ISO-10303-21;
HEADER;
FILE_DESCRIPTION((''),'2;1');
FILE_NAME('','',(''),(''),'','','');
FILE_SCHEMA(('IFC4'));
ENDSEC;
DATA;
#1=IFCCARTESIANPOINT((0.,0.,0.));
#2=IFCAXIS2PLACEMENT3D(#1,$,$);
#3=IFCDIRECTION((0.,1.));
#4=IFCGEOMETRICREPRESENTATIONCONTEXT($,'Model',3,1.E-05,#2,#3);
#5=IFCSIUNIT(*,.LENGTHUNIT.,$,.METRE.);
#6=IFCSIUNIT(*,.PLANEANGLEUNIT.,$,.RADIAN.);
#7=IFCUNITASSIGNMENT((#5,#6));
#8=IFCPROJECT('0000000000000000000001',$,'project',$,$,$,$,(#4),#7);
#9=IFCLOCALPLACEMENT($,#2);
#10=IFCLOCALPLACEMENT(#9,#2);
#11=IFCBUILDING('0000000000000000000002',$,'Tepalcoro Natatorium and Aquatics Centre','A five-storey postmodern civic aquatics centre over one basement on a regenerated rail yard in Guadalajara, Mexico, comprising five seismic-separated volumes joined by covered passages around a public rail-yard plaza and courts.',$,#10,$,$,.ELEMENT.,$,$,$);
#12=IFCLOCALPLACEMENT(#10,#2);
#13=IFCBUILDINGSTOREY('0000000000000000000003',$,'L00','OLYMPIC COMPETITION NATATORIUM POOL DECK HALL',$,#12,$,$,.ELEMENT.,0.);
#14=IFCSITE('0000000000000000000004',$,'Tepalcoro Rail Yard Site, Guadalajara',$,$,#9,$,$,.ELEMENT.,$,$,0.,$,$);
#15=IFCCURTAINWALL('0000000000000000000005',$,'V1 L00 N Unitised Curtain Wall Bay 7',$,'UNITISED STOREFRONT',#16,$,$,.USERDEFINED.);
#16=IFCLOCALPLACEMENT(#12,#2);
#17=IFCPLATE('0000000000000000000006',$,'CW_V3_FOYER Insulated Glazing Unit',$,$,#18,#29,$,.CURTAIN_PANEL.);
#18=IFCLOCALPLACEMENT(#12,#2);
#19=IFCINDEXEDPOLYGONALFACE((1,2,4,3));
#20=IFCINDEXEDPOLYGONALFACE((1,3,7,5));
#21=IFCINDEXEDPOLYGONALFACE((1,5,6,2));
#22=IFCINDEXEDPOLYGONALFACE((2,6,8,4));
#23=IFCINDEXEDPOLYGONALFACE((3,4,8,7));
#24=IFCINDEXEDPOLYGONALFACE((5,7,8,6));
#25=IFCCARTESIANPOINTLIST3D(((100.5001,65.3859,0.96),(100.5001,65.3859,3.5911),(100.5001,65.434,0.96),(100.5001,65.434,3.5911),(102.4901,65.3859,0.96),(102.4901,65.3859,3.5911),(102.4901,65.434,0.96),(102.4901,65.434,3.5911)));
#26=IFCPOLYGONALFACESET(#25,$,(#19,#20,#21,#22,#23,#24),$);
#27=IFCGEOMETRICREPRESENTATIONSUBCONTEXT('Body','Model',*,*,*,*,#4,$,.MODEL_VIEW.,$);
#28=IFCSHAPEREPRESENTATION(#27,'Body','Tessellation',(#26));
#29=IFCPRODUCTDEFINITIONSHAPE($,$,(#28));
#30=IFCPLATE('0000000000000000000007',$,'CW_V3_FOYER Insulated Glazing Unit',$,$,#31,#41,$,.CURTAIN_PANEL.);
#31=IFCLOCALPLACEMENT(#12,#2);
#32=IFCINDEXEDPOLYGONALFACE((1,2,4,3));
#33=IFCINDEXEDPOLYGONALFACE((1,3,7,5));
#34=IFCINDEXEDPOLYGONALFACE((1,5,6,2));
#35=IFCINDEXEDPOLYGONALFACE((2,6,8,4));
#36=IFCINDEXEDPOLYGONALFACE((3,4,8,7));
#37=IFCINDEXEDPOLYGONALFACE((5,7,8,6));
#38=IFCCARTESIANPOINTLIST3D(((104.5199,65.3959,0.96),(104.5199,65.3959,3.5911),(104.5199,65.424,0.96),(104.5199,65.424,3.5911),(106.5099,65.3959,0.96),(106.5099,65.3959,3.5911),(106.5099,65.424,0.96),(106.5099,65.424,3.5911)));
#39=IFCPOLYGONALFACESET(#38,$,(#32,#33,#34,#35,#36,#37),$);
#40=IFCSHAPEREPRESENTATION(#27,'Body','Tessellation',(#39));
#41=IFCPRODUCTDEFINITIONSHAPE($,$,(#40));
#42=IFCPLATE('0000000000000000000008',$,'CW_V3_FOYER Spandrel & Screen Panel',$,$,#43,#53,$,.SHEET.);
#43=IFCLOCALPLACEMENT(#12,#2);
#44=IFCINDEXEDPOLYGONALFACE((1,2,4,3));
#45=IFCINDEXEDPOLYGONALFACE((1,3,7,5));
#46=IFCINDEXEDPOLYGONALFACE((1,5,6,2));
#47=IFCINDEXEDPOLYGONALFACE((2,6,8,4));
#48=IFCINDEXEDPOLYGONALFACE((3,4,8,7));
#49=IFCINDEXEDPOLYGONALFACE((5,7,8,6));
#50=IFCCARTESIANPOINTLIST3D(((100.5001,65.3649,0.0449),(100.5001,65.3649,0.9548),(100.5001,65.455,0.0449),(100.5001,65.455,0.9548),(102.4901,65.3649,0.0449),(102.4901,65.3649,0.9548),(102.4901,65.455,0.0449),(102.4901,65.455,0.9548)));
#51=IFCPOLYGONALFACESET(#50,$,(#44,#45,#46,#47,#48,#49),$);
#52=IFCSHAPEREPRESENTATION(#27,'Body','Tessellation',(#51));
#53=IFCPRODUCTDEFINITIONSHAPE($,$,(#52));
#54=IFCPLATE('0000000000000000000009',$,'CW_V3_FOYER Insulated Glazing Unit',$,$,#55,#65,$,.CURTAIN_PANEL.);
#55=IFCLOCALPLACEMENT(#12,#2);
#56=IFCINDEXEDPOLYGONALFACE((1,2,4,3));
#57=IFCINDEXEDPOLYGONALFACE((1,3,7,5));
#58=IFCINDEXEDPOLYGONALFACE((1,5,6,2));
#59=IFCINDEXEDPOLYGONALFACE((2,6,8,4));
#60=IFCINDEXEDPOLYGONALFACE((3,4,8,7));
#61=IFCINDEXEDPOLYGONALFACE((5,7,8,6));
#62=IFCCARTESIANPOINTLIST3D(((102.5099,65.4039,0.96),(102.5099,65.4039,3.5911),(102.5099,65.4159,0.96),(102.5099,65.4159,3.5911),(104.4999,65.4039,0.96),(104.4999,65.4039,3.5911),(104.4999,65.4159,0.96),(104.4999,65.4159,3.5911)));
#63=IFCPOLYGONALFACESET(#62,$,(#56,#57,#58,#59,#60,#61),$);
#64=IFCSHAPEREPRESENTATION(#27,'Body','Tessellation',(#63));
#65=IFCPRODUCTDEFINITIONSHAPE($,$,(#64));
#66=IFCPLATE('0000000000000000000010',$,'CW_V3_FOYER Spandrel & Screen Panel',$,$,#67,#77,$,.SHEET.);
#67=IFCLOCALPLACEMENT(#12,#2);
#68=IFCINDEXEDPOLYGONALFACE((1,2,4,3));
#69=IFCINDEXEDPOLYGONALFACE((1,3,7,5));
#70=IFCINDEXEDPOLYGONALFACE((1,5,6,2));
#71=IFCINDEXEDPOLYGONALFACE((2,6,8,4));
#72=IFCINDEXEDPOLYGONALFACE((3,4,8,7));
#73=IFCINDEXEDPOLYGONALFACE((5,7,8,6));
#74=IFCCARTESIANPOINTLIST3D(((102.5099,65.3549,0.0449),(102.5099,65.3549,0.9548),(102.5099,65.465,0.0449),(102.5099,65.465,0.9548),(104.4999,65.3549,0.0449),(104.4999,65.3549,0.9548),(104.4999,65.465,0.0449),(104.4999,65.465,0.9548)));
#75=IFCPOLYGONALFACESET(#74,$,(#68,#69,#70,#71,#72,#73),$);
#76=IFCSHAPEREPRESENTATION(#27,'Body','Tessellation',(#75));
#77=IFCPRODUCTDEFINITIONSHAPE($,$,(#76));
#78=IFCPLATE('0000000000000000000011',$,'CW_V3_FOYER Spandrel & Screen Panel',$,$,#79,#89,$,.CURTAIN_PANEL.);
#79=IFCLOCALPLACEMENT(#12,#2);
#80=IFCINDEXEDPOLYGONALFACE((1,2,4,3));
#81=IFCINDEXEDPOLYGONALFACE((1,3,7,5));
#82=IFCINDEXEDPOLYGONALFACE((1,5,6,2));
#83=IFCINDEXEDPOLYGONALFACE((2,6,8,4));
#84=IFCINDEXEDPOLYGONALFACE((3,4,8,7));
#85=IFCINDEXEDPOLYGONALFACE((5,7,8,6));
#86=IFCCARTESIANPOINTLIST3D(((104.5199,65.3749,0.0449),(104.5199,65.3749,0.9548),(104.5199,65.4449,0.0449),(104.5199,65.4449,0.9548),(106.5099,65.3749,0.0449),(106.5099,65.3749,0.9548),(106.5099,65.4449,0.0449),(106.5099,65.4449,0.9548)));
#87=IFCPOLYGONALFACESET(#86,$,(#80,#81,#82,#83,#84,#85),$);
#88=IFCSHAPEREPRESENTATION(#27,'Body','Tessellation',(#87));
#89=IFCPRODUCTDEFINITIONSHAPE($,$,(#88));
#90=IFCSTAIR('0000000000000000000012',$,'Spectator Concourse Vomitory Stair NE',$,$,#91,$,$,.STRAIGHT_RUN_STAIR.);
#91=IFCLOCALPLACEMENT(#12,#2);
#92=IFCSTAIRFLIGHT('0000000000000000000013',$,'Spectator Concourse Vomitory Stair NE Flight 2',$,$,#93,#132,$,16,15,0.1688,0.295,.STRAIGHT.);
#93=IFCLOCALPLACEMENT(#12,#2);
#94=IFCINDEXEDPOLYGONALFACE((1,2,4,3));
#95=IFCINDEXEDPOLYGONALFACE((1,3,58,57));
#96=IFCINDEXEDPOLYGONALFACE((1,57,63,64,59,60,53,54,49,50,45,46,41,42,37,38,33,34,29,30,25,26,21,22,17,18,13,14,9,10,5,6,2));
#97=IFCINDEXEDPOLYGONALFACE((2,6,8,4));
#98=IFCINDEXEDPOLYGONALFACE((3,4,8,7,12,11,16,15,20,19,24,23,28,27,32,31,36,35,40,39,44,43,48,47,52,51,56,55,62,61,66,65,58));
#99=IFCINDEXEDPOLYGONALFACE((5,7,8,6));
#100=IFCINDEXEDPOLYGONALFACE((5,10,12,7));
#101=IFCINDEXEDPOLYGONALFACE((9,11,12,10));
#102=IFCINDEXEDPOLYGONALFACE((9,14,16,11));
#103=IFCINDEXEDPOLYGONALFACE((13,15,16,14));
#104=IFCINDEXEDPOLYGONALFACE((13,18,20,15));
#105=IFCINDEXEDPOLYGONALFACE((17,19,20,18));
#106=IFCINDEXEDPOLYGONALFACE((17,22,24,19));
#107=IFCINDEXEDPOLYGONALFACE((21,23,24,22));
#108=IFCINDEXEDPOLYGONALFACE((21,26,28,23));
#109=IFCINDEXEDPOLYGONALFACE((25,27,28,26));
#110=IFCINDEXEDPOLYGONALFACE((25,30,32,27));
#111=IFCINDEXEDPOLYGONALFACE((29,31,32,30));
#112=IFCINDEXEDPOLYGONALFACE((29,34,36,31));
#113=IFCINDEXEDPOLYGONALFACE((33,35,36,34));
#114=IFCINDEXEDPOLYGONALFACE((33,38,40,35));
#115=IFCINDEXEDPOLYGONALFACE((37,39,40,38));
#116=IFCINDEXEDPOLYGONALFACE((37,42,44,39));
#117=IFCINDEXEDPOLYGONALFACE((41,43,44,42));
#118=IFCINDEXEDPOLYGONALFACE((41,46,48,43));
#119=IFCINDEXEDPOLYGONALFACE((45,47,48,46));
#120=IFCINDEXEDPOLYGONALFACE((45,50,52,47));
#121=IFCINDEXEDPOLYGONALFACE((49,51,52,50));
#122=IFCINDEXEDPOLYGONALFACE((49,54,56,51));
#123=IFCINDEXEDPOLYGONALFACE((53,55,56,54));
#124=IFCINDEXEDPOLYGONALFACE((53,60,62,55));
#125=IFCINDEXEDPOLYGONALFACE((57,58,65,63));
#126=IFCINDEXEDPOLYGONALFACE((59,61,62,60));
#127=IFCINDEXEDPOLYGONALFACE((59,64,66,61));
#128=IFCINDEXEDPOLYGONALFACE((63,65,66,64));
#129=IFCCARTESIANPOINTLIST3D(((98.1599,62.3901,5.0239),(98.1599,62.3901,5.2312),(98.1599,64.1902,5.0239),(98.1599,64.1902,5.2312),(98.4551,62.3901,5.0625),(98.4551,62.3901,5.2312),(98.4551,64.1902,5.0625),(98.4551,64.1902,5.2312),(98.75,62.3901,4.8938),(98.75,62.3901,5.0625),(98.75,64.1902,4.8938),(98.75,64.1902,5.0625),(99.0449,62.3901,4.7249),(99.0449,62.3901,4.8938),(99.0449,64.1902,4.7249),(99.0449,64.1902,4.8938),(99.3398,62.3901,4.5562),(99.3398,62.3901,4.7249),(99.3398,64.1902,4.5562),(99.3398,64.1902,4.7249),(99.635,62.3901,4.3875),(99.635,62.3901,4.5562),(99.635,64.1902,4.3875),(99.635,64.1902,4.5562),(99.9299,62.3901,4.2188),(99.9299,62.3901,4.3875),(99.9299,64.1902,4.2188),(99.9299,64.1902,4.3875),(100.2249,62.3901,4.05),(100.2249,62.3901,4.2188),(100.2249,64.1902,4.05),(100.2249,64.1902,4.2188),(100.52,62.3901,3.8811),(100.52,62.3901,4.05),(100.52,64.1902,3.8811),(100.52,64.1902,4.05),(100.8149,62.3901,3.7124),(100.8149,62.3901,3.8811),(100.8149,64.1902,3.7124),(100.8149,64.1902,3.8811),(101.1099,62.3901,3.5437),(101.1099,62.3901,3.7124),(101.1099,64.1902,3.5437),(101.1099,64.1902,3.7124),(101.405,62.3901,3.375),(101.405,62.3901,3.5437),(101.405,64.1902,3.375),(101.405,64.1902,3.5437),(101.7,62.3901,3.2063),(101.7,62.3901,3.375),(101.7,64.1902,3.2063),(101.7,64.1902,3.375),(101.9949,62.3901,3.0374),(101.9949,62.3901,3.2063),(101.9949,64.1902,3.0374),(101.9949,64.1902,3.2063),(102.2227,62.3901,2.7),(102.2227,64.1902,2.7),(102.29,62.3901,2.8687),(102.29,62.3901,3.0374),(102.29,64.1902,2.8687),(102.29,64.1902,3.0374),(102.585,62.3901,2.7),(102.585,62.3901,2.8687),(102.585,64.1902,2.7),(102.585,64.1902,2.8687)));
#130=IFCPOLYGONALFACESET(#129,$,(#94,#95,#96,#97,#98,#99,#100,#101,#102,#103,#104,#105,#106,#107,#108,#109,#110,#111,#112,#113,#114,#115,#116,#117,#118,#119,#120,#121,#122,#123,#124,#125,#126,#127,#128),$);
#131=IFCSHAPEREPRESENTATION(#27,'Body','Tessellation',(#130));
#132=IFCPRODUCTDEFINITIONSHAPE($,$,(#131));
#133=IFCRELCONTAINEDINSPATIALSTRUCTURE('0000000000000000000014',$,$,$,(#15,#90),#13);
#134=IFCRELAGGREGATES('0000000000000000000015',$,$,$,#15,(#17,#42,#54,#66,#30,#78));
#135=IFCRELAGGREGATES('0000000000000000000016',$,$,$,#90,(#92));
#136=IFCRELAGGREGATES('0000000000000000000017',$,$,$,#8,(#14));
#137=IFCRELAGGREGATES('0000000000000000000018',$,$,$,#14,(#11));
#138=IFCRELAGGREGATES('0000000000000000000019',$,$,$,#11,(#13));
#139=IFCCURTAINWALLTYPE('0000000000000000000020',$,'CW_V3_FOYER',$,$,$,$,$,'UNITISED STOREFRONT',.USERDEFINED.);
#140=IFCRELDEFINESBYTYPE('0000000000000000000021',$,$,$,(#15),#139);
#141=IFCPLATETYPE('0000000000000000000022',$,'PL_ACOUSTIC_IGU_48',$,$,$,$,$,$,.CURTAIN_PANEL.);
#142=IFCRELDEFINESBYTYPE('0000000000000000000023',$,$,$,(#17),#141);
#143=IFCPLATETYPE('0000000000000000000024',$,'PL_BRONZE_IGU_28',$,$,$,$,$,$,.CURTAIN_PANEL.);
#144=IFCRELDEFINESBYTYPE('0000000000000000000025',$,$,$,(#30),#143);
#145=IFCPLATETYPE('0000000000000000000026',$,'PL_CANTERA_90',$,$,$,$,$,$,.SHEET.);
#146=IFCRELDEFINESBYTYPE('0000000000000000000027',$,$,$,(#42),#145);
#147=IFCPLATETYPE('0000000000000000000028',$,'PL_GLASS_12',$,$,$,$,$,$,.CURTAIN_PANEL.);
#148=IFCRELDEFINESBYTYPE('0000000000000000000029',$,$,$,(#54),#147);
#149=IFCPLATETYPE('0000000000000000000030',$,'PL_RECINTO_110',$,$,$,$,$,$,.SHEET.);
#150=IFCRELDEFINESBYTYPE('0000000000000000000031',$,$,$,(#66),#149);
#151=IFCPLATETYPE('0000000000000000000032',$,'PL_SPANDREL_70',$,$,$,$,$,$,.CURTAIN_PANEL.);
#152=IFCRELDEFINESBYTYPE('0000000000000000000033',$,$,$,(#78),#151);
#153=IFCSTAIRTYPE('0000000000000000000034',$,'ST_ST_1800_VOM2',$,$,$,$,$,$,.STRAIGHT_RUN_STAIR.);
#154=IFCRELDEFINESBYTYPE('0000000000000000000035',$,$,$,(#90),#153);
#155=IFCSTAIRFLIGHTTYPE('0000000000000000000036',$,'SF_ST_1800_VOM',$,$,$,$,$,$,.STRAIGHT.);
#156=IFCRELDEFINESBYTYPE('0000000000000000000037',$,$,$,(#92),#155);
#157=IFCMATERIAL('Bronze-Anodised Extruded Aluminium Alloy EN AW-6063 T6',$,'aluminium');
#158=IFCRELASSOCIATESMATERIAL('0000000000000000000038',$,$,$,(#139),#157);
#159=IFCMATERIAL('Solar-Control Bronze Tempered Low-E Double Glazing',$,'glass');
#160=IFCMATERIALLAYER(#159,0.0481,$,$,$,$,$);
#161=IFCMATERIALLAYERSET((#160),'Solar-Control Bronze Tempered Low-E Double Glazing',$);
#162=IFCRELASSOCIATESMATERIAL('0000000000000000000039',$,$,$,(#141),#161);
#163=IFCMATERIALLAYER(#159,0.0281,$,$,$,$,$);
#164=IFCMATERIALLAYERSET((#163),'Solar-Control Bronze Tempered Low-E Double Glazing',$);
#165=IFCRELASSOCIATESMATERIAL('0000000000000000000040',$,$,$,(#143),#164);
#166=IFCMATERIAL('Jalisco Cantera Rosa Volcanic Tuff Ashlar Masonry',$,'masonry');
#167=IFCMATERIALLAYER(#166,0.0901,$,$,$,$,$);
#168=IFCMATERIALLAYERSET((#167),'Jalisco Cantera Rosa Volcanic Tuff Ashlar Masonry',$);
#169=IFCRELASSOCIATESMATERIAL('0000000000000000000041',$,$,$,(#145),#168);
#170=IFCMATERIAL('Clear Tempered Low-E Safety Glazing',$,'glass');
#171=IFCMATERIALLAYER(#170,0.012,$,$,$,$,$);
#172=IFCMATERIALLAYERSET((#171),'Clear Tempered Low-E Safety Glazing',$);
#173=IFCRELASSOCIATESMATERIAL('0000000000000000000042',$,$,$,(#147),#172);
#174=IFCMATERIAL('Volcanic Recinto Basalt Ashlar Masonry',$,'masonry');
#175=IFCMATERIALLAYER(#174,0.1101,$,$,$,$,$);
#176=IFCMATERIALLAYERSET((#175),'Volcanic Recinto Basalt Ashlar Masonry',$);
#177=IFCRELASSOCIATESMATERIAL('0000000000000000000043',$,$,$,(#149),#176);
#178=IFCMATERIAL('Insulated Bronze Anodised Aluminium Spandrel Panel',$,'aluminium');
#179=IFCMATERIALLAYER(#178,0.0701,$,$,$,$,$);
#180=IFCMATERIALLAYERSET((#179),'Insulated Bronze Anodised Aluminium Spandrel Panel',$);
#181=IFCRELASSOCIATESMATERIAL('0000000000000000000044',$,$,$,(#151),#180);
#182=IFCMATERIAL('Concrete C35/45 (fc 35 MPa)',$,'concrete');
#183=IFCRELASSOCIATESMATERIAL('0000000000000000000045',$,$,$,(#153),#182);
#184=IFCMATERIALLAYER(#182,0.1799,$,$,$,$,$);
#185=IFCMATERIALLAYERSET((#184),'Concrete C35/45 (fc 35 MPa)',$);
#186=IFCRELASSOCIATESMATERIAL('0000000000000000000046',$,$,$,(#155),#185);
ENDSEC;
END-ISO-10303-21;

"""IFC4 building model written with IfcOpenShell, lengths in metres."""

from ifc_helpers import new_model, si_unit, direction, frame, origin, origin_2d, place, context, subcontext, project, spatial, polyline, rectangle, outline, extrude, material, layer, layer_set, type_object, element, aggregate, save


model = new_model("IFC4")

# Units and contexts
model_context = context("Model", 3, precision=1e-05, world=origin(), true_north=direction((0.0, 1.0)))
body_context = subcontext(model_context, "Body", "Model", "MODEL_VIEW")
ifc_project = project(units=[si_unit("LENGTHUNIT", "METRE"), si_unit("PLANEANGLEUNIT", "RADIAN")], contexts=[model_context])

# Site, building, storey
site_placement = place(None, origin())
site = spatial("IfcSite", under=ifc_project, at=site_placement, Name="Tepalcoro Rail Yard Site, Guadalajara", CompositionType="ELEMENT", RefElevation=0.0)
building_placement = place(site_placement, origin())
building = spatial("IfcBuilding", under=site, at=building_placement, Name="Tepalcoro Natatorium and Aquatics Centre", Description="A five-storey postmodern civic aquatics centre over one basement on a regenerated rail yard in Guadalajara, Mexico, comprising five seismic-separated volumes joined by covered passages around a public rail-yard plaza and courts.", CompositionType="ELEMENT")
storey_placement = place(building_placement, origin())
storey = spatial("IfcBuildingStorey", under=building, at=storey_placement, Name="L00", Description="OLYMPIC COMPETITION NATATORIUM POOL DECK HALL", CompositionType="ELEMENT", Elevation=0.0)

# Curtain wall
ifc_material_1 = material(Name="Bronze-Anodised Extruded Aluminium Alloy EN AW-6063 T6", Category="aluminium")
curtain_wall_type = type_object("IfcCurtainWallType", Name="CW_V3_FOYER", ElementType="UNITISED STOREFRONT", PredefinedType="USERDEFINED", material=ifc_material_1)
curtain_wall_placement = place(storey_placement, origin())
curtain_wall = element("IfcCurtainWall", 1, at=curtain_wall_placement, inside=storey, type_object=curtain_wall_type, Name="V1 L00 N Unitised Curtain Wall Bay 7", ObjectType="UNITISED STOREFRONT", PredefinedType="USERDEFINED")

# Plates
ifc_material_2 = material(Name="Solar-Control Bronze Tempered Low-E Double Glazing", Category="glass")
ifc_layer_1 = layer(ifc_material_2, 0.0481)
ifc_layer_set_1 = layer_set([ifc_layer_1], Name="Solar-Control Bronze Tempered Low-E Double Glazing")
plate_type_1 = type_object("IfcPlateType", Name="PL_ACOUSTIC_IGU_48", PredefinedType="CURTAIN_PANEL", material=ifc_layer_set_1)
plate_1_placement = place(storey_placement, frame((101.4951, 65.4099, 0.96), z_axis=(0.0, 0.0, 1.0), x_axis=(1.0, 0.0, 0.0)))
plate_1 = element("IfcPlate", 2, at=plate_1_placement, type_object=plate_type_1, Name="CW_V3_FOYER Insulated Glazing Unit", PredefinedType="CURTAIN_PANEL", context=body_context, shape_type="SweptSolid", body=[
    extrude(rectangle(XDim=1.99, YDim=0.0481, at=origin_2d()), origin(), (0.0, 0.0, 1.0), 2.6311),
])
ifc_layer_2 = layer(ifc_material_2, 0.0281)
ifc_layer_set_2 = layer_set([ifc_layer_2], Name="Solar-Control Bronze Tempered Low-E Double Glazing")
plate_type_2 = type_object("IfcPlateType", Name="PL_BRONZE_IGU_28", PredefinedType="CURTAIN_PANEL", material=ifc_layer_set_2)
plate_2_placement = place(storey_placement, frame((105.5149, 65.4099, 0.96), z_axis=(0.0, 0.0, 1.0), x_axis=(1.0, 0.0, 0.0)))
plate_2 = element("IfcPlate", 3, at=plate_2_placement, type_object=plate_type_2, Name="CW_V3_FOYER Insulated Glazing Unit", PredefinedType="CURTAIN_PANEL", context=body_context, shape_type="SweptSolid", body=[
    extrude(rectangle(XDim=1.99, YDim=0.0281, at=origin_2d()), origin(), (0.0, 0.0, 1.0), 2.6311),
])
ifc_material_3 = material(Name="Jalisco Cantera Rosa Volcanic Tuff Ashlar Masonry", Category="masonry")
ifc_layer_3 = layer(ifc_material_3, 0.0901)
ifc_layer_set_3 = layer_set([ifc_layer_3], Name="Jalisco Cantera Rosa Volcanic Tuff Ashlar Masonry")
plate_type_3 = type_object("IfcPlateType", Name="PL_CANTERA_90", PredefinedType="SHEET", material=ifc_layer_set_3)
plate_3_placement = place(storey_placement, frame((101.4951, 65.4099, 0.0449), z_axis=(0.0, 0.0, 1.0), x_axis=(1.0, 0.0, 0.0)))
plate_3 = element("IfcPlate", 4, at=plate_3_placement, type_object=plate_type_3, Name="CW_V3_FOYER Spandrel & Screen Panel", PredefinedType="SHEET", context=body_context, shape_type="SweptSolid", body=[
    extrude(rectangle(XDim=1.99, YDim=0.0901, at=origin_2d()), origin(), (0.0, 0.0, 1.0), 0.9099),
])
ifc_material_4 = material(Name="Clear Tempered Low-E Safety Glazing", Category="glass")
ifc_layer_4 = layer(ifc_material_4, 0.012)
ifc_layer_set_4 = layer_set([ifc_layer_4], Name="Clear Tempered Low-E Safety Glazing")
plate_type_4 = type_object("IfcPlateType", Name="PL_GLASS_12", PredefinedType="CURTAIN_PANEL", material=ifc_layer_set_4)
plate_4_placement = place(storey_placement, frame((103.5049, 65.4099, 0.96), z_axis=(0.0, 0.0, 1.0), x_axis=(1.0, 0.0, 0.0)))
plate_4 = element("IfcPlate", 5, at=plate_4_placement, type_object=plate_type_4, Name="CW_V3_FOYER Insulated Glazing Unit", PredefinedType="CURTAIN_PANEL", context=body_context, shape_type="SweptSolid", body=[
    extrude(rectangle(XDim=1.99, YDim=0.012, at=origin_2d()), origin(), (0.0, 0.0, 1.0), 2.6311),
])
ifc_material_5 = material(Name="Volcanic Recinto Basalt Ashlar Masonry", Category="masonry")
ifc_layer_5 = layer(ifc_material_5, 0.1101)
ifc_layer_set_5 = layer_set([ifc_layer_5], Name="Volcanic Recinto Basalt Ashlar Masonry")
plate_type_5 = type_object("IfcPlateType", Name="PL_RECINTO_110", PredefinedType="SHEET", material=ifc_layer_set_5)
plate_5_placement = place(storey_placement, frame((103.5049, 65.4099, 0.0449), z_axis=(0.0, 0.0, 1.0), x_axis=(1.0, 0.0, 0.0)))
plate_5 = element("IfcPlate", 6, at=plate_5_placement, type_object=plate_type_5, Name="CW_V3_FOYER Spandrel & Screen Panel", PredefinedType="SHEET", context=body_context, shape_type="SweptSolid", body=[
    extrude(rectangle(XDim=1.99, YDim=0.1101, at=origin_2d()), origin(), (0.0, 0.0, 1.0), 0.9099),
])
ifc_material_6 = material(Name="Insulated Bronze Anodised Aluminium Spandrel Panel", Category="aluminium")
ifc_layer_6 = layer(ifc_material_6, 0.0701)
ifc_layer_set_6 = layer_set([ifc_layer_6], Name="Insulated Bronze Anodised Aluminium Spandrel Panel")
plate_type_6 = type_object("IfcPlateType", Name="PL_SPANDREL_70", PredefinedType="CURTAIN_PANEL", material=ifc_layer_set_6)
plate_6_placement = place(storey_placement, frame((105.5149, 65.4099, 0.0449), z_axis=(0.0, 0.0, 1.0), x_axis=(1.0, 0.0, 0.0)))
plate_6 = element("IfcPlate", 7, at=plate_6_placement, type_object=plate_type_6, Name="CW_V3_FOYER Spandrel & Screen Panel", PredefinedType="CURTAIN_PANEL", context=body_context, shape_type="SweptSolid", body=[
    extrude(rectangle(XDim=1.99, YDim=0.0701, at=origin_2d()), origin(), (0.0, 0.0, 1.0), 0.9099),
])
aggregate(curtain_wall, [plate_1, plate_3, plate_4, plate_5, plate_2, plate_6])

# Stair, stair flight
ifc_material_7 = material(Name="Concrete C35/45 (fc 35 MPa)", Category="concrete")
stair_type = type_object("IfcStairType", Name="ST_ST_1800_VOM2", PredefinedType="STRAIGHT_RUN_STAIR", material=ifc_material_7)
stair_placement = place(storey_placement, origin())
stair = element("IfcStair", 8, at=stair_placement, inside=storey, type_object=stair_type, Name="Spectator Concourse Vomitory Stair NE", PredefinedType="STRAIGHT_RUN_STAIR")
ifc_layer_7 = layer(ifc_material_7, 0.1799)
ifc_layer_set_7 = layer_set([ifc_layer_7], Name="Concrete C35/45 (fc 35 MPa)")
stair_flight_type = type_object("IfcStairFlightType", Name="SF_ST_1800_VOM", PredefinedType="STRAIGHT", material=ifc_layer_set_7)
stair_flight_placement = place(storey_placement, frame((102.585, 63.29, 2.7), z_axis=(0.0, 0.0, 1.0), x_axis=(-1.0, 0.0, 0.0)))
stair_flight = element("IfcStairFlight", 9, at=stair_flight_placement, type_object=stair_flight_type, Name="Spectator Concourse Vomitory Stair NE Flight 2", NumberOfRisers=16, NumberOfTreads=15, PredefinedType="STRAIGHT", RiserHeight=0.1688, TreadLength=0.295, context=body_context, shape_type="SweptSolid", body=[
    extrude(outline(polyline([(0.0, 0.0), (0.0, 0.1687), (0.2949, 0.1687), (0.2949, 0.3374), (0.5901, 0.3374), (0.5901, 0.5063), (0.885, 0.5063), (0.885, 0.675), (1.1799, 0.675), (1.1799, 0.8438), (1.4751, 0.8438), (1.4751, 1.0125), (1.77, 1.0125), (1.77, 1.1812), (2.0649, 1.1812), (2.0649, 1.3501), (2.3601, 1.3501), (2.3601, 1.5188), (2.655, 1.5188), (2.655, 1.6875), (2.95, 1.6875), (2.95, 1.8562), (3.2451, 1.8562), (3.2451, 2.0249), (3.54, 2.0249), (3.54, 2.1938), (3.835, 2.1938), (3.835, 2.3625), (4.1299, 2.3625), (4.1299, 2.5312), (4.425, 2.5312), (4.425, 2.7), (4.425, 2.324), (0.3623, 0.0), (0.0, 0.0)])), frame((0.0, 0.8999, 0.0), z_axis=(0.0, -1.0, 0.0), x_axis=(1.0, 0.0, 0.0)), (0.0, 0.0, 1.0), 1.8),
])
aggregate(stair, [stair_flight])

save(model, "model.ifc")
